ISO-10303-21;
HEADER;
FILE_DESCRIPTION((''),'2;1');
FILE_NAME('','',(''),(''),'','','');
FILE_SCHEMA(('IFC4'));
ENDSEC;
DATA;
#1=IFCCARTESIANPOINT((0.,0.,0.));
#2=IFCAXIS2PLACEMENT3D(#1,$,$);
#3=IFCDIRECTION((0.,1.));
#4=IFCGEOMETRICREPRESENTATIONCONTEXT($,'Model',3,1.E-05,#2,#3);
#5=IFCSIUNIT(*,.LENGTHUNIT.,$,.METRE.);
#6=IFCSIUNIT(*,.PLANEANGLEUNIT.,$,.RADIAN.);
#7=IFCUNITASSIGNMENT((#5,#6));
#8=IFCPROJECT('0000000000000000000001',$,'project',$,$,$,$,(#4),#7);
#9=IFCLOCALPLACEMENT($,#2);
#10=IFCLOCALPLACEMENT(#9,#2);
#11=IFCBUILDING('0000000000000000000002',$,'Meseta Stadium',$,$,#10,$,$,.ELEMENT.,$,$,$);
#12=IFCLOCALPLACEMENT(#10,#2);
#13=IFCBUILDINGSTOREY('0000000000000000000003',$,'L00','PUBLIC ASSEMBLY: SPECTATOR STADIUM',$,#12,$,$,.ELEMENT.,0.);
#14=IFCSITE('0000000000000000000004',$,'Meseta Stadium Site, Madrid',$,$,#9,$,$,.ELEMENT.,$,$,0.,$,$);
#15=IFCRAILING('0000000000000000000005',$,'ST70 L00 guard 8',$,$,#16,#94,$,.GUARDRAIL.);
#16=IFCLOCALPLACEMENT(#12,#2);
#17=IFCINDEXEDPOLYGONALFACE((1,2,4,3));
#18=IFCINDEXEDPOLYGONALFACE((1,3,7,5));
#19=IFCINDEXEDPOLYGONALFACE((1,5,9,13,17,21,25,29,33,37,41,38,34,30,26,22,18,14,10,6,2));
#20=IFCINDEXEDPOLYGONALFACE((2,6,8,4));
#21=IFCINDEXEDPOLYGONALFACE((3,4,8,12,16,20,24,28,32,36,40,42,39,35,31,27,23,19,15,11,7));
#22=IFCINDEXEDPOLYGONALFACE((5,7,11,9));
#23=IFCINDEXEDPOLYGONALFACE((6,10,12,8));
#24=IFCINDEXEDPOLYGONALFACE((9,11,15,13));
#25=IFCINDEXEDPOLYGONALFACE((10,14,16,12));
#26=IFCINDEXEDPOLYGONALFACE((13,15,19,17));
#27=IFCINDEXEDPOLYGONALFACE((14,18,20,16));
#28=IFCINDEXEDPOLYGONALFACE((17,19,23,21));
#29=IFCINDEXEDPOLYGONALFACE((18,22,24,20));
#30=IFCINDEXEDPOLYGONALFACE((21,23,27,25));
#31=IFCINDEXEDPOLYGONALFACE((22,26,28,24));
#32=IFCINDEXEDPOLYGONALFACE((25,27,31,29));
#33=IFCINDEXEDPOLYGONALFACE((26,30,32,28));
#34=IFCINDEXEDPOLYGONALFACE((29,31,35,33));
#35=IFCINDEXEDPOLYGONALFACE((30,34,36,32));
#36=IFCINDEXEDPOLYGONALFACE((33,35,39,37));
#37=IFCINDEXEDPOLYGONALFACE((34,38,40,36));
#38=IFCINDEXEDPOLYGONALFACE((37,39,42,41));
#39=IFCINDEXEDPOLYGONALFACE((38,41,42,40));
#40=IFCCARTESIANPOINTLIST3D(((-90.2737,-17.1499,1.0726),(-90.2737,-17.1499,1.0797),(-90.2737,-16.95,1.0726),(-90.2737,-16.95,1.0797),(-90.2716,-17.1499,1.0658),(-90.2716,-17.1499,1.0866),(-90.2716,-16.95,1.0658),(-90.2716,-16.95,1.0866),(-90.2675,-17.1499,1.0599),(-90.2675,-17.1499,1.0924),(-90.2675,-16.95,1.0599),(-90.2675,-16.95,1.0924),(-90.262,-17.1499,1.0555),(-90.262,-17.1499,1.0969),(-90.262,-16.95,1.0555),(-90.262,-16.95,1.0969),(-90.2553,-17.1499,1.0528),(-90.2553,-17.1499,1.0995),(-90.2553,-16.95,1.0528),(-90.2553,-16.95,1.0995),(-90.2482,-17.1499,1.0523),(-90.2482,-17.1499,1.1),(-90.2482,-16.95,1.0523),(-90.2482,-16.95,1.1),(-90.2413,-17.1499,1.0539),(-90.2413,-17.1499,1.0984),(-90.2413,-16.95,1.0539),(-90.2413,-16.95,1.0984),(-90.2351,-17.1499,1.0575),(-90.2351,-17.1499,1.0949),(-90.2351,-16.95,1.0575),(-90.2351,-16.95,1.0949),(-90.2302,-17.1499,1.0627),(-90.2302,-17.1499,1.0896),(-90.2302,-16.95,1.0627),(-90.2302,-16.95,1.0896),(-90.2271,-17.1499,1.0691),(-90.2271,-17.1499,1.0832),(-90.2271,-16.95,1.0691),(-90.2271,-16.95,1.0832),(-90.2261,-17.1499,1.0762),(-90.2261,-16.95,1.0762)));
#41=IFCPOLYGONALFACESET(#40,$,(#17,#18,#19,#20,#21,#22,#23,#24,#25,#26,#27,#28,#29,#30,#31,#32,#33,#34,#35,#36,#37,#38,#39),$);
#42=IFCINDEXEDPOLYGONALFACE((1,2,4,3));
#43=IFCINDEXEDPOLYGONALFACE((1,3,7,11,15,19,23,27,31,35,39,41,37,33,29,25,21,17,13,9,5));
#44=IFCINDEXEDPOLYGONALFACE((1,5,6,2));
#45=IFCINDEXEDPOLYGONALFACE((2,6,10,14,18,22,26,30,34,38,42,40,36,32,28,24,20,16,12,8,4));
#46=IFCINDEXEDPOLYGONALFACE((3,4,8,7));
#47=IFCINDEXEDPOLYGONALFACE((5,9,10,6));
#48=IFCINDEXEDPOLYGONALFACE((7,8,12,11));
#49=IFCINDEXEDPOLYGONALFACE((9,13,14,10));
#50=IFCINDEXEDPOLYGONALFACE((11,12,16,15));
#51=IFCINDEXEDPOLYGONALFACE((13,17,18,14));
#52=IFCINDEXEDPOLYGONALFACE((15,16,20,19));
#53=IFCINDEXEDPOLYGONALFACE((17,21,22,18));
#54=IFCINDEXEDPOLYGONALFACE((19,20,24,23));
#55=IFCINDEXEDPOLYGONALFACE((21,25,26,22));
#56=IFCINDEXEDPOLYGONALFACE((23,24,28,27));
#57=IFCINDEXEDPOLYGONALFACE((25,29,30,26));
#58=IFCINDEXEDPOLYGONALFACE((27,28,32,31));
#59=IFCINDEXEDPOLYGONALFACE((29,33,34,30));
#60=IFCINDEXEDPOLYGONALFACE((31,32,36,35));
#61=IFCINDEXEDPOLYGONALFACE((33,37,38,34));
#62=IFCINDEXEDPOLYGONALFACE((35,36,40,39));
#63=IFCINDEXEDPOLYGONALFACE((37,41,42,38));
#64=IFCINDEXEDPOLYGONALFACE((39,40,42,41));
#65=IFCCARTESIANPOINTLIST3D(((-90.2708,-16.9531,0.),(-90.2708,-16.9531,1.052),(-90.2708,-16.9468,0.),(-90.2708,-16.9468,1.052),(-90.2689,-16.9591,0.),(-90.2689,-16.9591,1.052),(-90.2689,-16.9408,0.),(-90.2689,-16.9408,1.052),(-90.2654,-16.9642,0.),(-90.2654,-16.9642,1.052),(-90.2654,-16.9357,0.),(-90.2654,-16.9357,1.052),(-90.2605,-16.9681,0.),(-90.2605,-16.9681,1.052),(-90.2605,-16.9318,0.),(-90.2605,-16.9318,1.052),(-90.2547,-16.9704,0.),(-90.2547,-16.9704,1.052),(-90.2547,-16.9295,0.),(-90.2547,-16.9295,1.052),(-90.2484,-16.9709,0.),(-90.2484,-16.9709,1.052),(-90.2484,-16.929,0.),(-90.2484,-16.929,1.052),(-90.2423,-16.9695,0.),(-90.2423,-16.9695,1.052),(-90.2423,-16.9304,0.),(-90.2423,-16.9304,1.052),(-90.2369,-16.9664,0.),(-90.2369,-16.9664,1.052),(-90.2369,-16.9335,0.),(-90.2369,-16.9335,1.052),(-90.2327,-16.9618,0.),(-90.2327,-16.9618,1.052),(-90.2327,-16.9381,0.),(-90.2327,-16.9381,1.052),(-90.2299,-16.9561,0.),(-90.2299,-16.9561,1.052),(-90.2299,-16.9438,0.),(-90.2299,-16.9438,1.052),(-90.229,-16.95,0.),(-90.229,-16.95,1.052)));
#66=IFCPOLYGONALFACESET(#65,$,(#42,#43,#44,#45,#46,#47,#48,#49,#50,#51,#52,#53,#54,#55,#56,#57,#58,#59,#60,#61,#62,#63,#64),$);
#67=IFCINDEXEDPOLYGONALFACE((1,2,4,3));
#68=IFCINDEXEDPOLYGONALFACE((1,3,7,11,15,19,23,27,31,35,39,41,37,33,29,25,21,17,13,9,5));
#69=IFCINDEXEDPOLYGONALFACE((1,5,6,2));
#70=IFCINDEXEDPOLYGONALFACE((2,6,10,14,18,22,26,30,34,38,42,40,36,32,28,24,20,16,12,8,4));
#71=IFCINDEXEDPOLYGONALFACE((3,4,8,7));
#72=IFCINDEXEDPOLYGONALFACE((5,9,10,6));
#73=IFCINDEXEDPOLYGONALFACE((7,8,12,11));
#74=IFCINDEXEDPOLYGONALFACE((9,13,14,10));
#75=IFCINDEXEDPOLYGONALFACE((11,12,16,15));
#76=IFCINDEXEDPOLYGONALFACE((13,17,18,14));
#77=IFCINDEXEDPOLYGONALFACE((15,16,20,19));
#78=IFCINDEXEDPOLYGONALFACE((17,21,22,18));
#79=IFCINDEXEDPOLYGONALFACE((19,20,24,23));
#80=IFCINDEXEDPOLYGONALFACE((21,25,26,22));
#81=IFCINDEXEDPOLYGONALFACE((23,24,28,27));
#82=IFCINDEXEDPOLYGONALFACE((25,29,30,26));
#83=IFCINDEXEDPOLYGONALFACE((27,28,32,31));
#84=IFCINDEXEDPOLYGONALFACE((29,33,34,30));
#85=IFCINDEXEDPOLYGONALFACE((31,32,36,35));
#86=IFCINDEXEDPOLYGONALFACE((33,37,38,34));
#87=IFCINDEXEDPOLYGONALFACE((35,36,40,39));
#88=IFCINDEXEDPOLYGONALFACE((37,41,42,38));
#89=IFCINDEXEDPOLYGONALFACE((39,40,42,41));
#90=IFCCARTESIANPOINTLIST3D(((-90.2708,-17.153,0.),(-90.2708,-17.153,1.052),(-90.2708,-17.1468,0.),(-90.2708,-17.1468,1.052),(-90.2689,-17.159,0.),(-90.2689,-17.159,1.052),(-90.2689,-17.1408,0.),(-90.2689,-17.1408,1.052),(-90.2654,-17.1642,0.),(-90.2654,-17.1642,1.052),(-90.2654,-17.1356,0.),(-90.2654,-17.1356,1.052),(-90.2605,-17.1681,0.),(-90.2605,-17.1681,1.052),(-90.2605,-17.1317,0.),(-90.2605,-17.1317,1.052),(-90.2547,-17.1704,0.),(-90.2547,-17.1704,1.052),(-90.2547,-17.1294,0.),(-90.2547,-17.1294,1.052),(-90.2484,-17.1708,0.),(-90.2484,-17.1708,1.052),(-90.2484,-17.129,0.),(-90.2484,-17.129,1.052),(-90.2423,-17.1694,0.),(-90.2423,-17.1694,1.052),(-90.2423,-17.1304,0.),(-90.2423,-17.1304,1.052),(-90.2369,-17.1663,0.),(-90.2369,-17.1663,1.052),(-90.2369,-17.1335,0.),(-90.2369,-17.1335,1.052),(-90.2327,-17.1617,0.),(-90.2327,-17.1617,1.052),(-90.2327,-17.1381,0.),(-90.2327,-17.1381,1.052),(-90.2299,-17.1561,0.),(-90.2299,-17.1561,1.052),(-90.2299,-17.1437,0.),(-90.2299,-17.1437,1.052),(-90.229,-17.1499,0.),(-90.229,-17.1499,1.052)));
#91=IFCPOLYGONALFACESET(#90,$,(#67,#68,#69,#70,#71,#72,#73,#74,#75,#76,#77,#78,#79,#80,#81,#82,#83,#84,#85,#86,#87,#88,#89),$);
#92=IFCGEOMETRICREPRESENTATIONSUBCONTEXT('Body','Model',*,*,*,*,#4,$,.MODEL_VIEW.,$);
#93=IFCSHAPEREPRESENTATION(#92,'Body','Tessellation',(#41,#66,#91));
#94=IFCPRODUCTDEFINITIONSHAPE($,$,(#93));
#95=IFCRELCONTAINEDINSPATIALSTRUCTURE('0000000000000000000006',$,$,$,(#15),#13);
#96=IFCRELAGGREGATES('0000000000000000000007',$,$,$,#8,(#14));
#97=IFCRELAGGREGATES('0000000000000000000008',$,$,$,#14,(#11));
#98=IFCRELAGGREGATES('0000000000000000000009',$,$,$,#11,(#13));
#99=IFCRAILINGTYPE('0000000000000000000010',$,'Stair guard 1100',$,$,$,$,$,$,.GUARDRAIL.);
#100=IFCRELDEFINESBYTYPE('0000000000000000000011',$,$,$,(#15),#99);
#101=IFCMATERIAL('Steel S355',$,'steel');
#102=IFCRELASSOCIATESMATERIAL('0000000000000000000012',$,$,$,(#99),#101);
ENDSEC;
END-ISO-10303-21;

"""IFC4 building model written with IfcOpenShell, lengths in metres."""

from ifc_helpers import new_model, si_unit, direction, frame, origin, origin_2d, place, context, subcontext, project, spatial, circle, extrude, material, type_object, element, save


model = new_model("IFC4")

# Units and contexts
model_context = context("Model", 3, precision=1e-05, world=origin(), true_north=direction((0.0, 1.0)))
body_context = subcontext(model_context, "Body", "Model", "MODEL_VIEW")
ifc_project = project(units=[si_unit("LENGTHUNIT", "METRE"), si_unit("PLANEANGLEUNIT", "RADIAN")], contexts=[model_context])

# Site, building, storey
site_placement = place(None, origin())
site = spatial("IfcSite", under=ifc_project, at=site_placement, Name="Meseta Stadium Site, Madrid", CompositionType="ELEMENT", RefElevation=0.0)
building_placement = place(site_placement, origin())
building = spatial("IfcBuilding", under=site, at=building_placement, Name="Meseta Stadium", CompositionType="ELEMENT")
storey_placement = place(building_placement, origin())
storey = spatial("IfcBuildingStorey", under=building, at=storey_placement, Name="L00", Description="PUBLIC ASSEMBLY: SPECTATOR STADIUM", CompositionType="ELEMENT", Elevation=0.0)

# Railing
ifc_material_1 = material(Name="Steel S355", Category="steel")
railing_type_1 = type_object("IfcRailingType", Name="Stair guard 1100", PredefinedType="GUARDRAIL", material=ifc_material_1)
railing_1_placement = place(storey_placement, frame((-90.25, -16.95, 0.0)))
element("IfcRailing", 1, at=railing_1_placement, inside=storey, type_object=railing_type_1, Name="ST70 L00 guard 8", PredefinedType="GUARDRAIL", context=body_context, shape_type="SweptSolid", body=[
    extrude(circle(Radius=0.0239, at=origin_2d()), frame((0.0, 0.0, 1.0762), z_axis=(0.0, -1.0, 0.0), x_axis=(1.0, 0.0, 0.0)), (0.0, 0.0, 1.0), 0.2),
    extrude(circle(Radius=0.021, at=origin_2d()), origin(), (0.0, 0.0, 1.0), 1.052),
    extrude(circle(Radius=0.021, at=origin_2d()), frame((0.0, -0.2, 0.0)), (0.0, 0.0, 1.0), 1.052),
])

save(model, "model.ifc")
